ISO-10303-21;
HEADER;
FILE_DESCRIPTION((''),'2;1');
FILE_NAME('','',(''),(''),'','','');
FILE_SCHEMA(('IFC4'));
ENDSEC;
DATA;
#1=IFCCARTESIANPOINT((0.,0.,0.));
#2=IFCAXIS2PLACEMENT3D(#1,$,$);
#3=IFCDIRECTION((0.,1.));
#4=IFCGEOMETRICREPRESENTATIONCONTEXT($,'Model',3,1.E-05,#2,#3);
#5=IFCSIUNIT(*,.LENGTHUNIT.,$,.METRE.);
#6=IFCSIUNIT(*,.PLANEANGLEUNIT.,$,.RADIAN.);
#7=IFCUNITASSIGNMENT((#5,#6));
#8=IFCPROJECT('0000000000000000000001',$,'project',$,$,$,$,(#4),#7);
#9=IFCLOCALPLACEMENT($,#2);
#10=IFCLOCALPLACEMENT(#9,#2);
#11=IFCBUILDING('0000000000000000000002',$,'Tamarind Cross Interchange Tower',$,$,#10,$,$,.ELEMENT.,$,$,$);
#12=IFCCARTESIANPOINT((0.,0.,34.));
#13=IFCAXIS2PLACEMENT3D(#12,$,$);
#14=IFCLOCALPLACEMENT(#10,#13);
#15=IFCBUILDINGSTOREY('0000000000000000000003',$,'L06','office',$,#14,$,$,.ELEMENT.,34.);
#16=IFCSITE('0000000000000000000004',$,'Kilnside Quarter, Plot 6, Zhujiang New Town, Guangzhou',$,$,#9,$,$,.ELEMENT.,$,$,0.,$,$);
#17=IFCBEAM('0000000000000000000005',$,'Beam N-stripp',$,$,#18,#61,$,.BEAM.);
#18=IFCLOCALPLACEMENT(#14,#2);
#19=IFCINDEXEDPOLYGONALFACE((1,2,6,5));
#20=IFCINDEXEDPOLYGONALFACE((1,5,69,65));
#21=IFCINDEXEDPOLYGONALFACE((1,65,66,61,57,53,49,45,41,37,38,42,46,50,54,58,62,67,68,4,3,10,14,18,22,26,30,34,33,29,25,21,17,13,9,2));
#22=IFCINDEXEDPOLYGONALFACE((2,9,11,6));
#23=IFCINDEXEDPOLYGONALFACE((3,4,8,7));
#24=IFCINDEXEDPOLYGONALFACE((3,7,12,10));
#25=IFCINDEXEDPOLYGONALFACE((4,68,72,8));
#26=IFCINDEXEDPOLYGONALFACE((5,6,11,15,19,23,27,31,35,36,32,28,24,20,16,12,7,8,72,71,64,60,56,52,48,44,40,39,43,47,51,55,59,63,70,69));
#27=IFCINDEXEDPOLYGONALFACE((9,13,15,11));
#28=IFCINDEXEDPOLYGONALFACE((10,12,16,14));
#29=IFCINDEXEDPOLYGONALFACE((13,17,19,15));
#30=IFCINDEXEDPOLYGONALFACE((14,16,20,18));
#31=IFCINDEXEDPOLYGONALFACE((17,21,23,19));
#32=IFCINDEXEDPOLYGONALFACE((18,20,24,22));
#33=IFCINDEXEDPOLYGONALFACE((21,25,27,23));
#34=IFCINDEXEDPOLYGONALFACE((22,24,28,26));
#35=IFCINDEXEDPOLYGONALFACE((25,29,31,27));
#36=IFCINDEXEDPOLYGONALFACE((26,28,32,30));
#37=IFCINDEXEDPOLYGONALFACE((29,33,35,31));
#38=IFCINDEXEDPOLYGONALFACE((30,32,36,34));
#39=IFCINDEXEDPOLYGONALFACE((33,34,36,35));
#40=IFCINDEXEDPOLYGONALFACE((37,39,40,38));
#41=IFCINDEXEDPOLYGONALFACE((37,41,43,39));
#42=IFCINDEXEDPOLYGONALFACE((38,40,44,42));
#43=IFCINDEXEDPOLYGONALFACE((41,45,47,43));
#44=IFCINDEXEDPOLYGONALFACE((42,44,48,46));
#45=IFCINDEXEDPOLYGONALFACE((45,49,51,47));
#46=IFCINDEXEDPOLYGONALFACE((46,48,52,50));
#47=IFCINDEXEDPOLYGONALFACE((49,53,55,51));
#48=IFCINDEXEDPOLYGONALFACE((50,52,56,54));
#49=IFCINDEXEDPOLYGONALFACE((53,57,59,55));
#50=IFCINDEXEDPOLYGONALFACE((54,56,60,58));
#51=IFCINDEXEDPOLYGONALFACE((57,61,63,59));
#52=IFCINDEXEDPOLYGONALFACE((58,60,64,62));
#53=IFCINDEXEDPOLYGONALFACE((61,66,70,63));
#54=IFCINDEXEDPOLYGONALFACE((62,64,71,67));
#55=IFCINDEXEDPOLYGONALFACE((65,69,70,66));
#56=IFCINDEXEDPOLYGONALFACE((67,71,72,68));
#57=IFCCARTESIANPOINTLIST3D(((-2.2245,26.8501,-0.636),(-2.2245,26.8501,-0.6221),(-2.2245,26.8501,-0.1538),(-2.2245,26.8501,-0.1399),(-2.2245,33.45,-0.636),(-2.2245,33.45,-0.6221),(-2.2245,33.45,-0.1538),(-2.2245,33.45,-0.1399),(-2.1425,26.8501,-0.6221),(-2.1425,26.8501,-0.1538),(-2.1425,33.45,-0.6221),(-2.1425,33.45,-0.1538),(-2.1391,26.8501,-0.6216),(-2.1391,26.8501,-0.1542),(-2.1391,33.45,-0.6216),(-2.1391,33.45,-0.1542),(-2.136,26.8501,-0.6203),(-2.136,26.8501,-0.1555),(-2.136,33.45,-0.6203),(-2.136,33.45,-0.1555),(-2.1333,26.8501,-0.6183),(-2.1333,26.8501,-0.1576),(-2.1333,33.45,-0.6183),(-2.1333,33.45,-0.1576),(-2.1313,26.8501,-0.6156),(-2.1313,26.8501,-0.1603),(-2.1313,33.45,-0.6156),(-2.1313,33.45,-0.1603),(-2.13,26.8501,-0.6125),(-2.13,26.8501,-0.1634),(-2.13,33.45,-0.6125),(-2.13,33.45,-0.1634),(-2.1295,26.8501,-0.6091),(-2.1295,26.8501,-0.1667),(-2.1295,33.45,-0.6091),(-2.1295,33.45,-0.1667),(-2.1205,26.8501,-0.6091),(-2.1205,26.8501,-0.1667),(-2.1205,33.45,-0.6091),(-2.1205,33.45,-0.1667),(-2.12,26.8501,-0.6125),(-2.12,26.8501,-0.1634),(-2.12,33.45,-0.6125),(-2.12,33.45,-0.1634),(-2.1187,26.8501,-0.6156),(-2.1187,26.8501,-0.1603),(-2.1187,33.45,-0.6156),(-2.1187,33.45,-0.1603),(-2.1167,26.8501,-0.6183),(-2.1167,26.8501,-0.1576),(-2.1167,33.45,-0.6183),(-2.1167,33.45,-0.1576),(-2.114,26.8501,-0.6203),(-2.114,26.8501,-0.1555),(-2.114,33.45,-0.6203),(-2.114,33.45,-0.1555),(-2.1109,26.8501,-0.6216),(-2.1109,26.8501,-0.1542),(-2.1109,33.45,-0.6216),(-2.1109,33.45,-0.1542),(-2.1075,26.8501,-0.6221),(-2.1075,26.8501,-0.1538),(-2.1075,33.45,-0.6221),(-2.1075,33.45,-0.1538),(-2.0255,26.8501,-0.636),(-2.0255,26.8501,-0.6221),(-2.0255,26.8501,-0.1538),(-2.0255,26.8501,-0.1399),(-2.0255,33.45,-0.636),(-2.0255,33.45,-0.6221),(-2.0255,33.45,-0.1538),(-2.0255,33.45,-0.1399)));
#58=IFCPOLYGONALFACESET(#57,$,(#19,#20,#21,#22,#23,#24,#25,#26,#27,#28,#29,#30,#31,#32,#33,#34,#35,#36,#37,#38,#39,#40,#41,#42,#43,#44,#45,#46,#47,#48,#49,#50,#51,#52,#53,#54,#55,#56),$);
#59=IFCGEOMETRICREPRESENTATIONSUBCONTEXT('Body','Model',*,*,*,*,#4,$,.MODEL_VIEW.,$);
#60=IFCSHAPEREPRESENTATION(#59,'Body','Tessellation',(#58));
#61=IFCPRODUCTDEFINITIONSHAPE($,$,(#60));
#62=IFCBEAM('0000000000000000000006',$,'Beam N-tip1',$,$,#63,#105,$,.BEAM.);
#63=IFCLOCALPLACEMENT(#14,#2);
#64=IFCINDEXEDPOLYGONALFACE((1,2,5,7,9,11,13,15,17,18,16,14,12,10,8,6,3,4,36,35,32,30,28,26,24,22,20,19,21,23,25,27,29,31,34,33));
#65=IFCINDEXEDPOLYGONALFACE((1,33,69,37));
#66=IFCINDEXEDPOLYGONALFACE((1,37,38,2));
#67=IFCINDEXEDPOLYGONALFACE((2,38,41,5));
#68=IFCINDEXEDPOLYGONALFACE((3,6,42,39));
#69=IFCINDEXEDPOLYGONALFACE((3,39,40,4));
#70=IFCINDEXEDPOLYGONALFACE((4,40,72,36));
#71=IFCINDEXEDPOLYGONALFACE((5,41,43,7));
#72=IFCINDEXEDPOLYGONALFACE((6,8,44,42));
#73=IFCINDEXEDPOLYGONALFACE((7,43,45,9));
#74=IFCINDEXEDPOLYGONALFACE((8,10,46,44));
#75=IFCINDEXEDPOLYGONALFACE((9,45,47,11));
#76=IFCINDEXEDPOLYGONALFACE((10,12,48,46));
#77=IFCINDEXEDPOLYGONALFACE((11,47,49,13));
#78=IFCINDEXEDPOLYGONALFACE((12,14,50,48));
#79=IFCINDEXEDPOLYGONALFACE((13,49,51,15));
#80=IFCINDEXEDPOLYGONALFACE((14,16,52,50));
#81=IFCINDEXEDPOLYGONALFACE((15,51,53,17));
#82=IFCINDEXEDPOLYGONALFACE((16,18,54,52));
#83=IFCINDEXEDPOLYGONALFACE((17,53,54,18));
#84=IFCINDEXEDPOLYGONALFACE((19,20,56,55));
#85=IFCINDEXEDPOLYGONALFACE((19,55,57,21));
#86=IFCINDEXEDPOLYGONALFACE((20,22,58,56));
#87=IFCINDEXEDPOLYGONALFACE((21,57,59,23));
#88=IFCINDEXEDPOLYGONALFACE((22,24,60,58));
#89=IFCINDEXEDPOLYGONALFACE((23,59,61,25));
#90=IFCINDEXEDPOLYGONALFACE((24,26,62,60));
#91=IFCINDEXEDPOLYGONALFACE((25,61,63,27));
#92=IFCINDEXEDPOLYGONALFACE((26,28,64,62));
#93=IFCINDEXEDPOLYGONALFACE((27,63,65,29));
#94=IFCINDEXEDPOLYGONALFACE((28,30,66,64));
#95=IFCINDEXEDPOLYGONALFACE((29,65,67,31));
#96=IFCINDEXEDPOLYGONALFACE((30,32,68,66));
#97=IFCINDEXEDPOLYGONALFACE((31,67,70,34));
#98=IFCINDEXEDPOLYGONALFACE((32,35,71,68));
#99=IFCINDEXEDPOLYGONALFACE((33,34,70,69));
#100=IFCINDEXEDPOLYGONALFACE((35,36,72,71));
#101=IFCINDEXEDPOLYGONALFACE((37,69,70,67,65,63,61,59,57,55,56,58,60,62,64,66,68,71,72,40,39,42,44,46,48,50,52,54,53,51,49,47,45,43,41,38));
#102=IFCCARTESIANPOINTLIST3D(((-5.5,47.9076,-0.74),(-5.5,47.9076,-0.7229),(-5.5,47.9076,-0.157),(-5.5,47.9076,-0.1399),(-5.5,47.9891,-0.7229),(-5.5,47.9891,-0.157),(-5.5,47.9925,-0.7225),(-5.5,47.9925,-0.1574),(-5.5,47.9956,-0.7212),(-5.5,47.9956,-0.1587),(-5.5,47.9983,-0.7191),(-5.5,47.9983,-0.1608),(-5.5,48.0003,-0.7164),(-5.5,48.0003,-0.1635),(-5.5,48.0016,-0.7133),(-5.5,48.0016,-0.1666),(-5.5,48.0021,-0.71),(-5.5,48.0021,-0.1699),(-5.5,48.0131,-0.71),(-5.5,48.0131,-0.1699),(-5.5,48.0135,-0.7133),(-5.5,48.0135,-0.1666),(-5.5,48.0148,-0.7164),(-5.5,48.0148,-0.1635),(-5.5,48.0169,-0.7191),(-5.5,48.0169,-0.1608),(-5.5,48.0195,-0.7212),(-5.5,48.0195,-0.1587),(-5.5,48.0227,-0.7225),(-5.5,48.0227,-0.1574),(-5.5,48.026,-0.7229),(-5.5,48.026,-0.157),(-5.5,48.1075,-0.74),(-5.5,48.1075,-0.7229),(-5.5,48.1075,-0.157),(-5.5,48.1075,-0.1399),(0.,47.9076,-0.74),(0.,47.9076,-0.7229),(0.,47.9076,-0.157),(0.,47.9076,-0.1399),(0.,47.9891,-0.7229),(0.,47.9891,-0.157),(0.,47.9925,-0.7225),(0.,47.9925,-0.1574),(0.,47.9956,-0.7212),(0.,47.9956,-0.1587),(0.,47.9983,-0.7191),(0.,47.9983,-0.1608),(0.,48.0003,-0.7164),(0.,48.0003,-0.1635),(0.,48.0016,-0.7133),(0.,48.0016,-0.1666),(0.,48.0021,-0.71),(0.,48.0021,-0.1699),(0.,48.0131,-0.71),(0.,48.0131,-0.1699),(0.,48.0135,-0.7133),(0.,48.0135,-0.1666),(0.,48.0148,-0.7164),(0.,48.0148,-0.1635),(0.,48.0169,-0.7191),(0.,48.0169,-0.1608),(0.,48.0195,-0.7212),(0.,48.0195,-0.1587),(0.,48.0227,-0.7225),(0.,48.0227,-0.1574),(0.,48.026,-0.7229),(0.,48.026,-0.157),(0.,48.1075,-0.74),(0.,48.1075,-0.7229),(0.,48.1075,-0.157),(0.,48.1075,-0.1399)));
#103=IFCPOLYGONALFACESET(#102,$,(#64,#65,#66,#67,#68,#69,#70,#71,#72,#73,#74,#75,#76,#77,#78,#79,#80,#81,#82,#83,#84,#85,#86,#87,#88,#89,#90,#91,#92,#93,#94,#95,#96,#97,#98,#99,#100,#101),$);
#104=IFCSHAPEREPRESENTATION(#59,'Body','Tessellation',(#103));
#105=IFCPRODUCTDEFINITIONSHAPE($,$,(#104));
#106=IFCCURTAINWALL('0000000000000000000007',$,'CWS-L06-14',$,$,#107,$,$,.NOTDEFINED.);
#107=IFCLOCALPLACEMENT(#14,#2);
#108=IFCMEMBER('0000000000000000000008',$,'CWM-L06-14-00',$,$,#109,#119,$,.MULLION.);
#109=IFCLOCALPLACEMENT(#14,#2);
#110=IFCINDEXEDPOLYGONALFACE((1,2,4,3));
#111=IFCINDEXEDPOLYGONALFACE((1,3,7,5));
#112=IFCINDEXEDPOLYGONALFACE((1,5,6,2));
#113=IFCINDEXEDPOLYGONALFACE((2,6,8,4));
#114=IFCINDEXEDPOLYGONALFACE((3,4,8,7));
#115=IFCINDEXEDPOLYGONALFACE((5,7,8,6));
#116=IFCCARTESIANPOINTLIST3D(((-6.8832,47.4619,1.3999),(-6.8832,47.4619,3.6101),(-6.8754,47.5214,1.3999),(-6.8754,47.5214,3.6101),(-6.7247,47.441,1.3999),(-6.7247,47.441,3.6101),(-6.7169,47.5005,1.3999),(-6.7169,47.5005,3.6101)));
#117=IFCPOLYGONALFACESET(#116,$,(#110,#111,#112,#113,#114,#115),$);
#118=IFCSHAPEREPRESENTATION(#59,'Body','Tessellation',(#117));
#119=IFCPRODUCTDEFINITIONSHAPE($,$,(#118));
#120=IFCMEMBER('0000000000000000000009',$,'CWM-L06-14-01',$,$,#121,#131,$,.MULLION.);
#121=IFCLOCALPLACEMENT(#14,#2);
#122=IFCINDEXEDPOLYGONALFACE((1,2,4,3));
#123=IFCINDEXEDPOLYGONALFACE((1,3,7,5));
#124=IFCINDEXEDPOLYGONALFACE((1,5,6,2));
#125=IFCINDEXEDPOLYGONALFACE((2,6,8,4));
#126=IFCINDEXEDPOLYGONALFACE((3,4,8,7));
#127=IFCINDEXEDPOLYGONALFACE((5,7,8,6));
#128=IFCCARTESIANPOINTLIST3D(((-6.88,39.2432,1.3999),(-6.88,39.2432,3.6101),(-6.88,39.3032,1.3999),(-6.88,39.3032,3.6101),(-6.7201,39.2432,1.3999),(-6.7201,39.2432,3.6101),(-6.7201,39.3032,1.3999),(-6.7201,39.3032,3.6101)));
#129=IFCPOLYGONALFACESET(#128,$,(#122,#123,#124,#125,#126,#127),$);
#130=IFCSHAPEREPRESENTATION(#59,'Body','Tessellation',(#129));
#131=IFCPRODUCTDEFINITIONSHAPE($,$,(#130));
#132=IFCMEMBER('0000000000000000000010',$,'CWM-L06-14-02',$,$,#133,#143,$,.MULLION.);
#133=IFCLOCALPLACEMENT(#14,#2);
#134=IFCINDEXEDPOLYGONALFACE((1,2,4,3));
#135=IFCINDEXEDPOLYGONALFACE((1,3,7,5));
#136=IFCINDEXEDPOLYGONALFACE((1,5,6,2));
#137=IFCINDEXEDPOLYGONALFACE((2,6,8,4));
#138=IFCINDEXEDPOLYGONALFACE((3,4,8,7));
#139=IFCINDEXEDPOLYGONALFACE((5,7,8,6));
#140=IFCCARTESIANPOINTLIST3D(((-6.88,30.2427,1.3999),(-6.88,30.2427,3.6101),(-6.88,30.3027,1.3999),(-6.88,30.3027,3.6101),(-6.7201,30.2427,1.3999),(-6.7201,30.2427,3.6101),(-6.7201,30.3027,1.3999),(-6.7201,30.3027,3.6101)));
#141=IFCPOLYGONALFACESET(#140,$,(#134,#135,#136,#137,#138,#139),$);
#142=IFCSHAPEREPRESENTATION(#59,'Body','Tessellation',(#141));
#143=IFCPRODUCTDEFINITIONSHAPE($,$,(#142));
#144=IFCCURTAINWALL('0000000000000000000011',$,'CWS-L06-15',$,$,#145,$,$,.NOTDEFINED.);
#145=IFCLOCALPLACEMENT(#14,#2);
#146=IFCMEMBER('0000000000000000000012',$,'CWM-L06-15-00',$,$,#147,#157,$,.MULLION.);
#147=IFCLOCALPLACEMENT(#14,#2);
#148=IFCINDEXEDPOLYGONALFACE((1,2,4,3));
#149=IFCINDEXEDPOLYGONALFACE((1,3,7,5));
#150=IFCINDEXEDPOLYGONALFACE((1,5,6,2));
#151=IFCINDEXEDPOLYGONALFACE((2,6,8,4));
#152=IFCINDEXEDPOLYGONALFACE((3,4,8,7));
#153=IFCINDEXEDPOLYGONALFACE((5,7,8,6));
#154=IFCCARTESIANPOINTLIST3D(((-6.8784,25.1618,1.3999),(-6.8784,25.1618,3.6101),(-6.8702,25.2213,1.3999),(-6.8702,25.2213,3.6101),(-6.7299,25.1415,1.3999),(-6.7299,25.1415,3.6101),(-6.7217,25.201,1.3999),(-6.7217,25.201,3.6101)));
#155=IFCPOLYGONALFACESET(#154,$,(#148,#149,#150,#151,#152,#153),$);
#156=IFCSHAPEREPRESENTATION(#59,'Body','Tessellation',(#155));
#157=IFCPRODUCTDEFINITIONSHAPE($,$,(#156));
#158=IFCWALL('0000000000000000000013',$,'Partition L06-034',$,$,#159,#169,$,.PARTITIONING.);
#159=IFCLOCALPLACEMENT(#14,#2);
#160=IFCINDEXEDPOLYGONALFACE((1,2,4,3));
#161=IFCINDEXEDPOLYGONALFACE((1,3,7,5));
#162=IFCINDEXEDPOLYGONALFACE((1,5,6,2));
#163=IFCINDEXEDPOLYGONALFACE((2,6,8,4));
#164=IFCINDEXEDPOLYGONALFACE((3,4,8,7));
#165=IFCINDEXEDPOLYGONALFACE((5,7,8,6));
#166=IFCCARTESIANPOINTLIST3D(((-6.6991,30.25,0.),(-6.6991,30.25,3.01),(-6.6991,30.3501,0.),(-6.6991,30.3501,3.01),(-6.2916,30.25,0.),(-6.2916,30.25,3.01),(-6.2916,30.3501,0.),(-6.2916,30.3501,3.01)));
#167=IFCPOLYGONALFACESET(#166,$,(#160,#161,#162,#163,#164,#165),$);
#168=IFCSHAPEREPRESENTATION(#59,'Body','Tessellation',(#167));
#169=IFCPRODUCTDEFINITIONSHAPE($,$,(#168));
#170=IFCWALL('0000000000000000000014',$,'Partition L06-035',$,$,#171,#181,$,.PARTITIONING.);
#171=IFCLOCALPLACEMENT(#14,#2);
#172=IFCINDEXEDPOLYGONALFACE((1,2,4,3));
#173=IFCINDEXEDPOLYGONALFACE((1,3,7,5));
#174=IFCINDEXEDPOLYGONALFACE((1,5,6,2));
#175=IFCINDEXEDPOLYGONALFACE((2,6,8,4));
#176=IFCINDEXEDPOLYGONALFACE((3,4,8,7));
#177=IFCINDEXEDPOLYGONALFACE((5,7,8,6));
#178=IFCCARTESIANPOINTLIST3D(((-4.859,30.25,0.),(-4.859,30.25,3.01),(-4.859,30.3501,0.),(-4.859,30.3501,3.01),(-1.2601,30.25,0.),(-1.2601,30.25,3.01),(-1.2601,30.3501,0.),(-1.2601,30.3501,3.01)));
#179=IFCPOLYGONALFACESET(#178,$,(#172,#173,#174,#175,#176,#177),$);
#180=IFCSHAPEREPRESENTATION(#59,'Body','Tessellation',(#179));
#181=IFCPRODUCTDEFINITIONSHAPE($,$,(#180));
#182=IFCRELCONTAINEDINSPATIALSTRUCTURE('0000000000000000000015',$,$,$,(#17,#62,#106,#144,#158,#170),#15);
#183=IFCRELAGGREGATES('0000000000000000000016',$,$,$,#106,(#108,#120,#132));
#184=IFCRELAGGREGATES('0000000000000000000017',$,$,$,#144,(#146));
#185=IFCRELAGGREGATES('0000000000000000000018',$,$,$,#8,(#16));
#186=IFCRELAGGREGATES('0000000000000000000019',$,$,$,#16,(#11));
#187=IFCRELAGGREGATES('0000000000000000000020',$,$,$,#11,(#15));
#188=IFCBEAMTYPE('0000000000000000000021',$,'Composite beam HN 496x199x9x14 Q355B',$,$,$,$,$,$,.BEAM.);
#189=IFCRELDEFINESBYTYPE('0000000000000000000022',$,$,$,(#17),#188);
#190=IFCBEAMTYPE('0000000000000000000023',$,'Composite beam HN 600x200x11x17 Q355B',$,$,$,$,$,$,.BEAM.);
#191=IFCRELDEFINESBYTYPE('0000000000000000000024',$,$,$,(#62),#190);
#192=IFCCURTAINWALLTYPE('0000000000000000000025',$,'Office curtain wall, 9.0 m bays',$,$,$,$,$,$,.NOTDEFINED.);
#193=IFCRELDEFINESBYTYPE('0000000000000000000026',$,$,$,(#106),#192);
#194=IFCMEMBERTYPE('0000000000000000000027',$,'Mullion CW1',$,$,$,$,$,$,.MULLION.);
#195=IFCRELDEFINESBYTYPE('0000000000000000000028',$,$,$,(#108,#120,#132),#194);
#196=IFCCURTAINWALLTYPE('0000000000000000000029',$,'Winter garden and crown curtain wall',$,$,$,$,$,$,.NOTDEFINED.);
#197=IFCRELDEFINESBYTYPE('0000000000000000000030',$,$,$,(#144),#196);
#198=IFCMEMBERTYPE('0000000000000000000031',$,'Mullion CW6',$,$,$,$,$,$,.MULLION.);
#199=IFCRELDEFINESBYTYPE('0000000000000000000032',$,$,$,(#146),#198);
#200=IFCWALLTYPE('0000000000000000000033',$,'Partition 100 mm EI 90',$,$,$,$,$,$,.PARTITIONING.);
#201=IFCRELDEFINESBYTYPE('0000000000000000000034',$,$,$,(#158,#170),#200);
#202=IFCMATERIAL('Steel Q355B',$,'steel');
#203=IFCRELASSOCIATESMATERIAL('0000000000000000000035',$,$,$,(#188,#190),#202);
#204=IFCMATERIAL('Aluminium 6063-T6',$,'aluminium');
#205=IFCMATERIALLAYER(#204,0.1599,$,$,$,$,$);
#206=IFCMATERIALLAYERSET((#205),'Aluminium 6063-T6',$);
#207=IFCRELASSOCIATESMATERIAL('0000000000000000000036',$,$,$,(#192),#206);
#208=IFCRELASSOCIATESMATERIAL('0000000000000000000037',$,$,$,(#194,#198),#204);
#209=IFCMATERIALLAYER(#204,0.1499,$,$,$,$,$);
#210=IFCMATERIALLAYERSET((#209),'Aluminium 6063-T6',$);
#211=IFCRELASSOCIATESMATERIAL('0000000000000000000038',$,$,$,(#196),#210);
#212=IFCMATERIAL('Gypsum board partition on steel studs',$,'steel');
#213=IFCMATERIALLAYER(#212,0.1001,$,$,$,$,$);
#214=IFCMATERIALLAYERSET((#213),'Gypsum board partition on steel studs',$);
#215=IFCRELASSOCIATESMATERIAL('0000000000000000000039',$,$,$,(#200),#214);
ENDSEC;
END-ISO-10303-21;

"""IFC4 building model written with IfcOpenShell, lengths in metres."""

from ifc_helpers import new_model, si_unit, direction, frame, frame_2d, origin, origin_2d, place, context, subcontext, project, spatial, rectangle, i_section, extrude, material, layer, layer_set, material_profile, profile_set, type_object, element, aggregate, save


model = new_model("IFC4")

# Units and contexts
model_context = context("Model", 3, precision=1e-05, world=origin(), true_north=direction((0.0, 1.0)))
body_context = subcontext(model_context, "Body", "Model", "MODEL_VIEW")
ifc_project = project(units=[si_unit("LENGTHUNIT", "METRE"), si_unit("PLANEANGLEUNIT", "RADIAN")], contexts=[model_context])

# Site, building, storey
site_placement = place(None, origin())
site = spatial("IfcSite", under=ifc_project, at=site_placement, Name="Kilnside Quarter, Plot 6, Zhujiang New Town, Guangzhou", CompositionType="ELEMENT", RefElevation=0.0)
building_placement = place(site_placement, origin())
building = spatial("IfcBuilding", under=site, at=building_placement, Name="Tamarind Cross Interchange Tower", CompositionType="ELEMENT")
storey_placement = place(building_placement, frame((0.0, 0.0, 34.0)))
storey = spatial("IfcBuildingStorey", under=building, at=storey_placement, Name="L06", Description="office", CompositionType="ELEMENT", Elevation=34.0)

# Beams
ifc_material_1 = material(Name="Steel Q355B", Category="steel")
ifc_material_profile_1 = material_profile(ifc_material_1, i_section(OverallWidth=0.199, OverallDepth=0.4961, WebThickness=0.009, FlangeThickness=0.0139, FilletRadius=0.0129, at=origin_2d()), Name="HN 496x199x9x14")
ifc_profile_set_1 = profile_set([ifc_material_profile_1], Name="Steel Q355B")
beam_type_1 = type_object("IfcBeamType", Name="Composite beam HN 496x199x9x14 Q355B", PredefinedType="BEAM", material=ifc_profile_set_1)
beam_1_placement = place(storey_placement, frame((-2.125, 26.8501, -0.3879), z_axis=(0.0, 1.0, 0.0), x_axis=(-1.0, 0.0, 0.0)))
element("IfcBeam", 1, at=beam_1_placement, inside=storey, type_object=beam_type_1, Name="Beam N-stripp", PredefinedType="BEAM", context=body_context, shape_type="SweptSolid", body=[
    extrude(i_section(OverallWidth=0.199, OverallDepth=0.4961, WebThickness=0.009, FlangeThickness=0.0139, FilletRadius=0.0129, at=origin_2d()), origin(), (0.0, 0.0, 1.0), 6.5999),
])
ifc_material_profile_2 = material_profile(ifc_material_1, i_section(OverallWidth=0.2, OverallDepth=0.6001, WebThickness=0.011, FlangeThickness=0.0171, FilletRadius=0.0129, at=origin_2d()), Name="HN 600x200x11x17")
ifc_profile_set_2 = profile_set([ifc_material_profile_2], Name="Steel Q355B")
beam_type_2 = type_object("IfcBeamType", Name="Composite beam HN 600x200x11x17 Q355B", PredefinedType="BEAM", material=ifc_profile_set_2)
beam_2_placement = place(storey_placement, frame((0.0, 48.0076, -0.4399), z_axis=(-1.0, 0.0, 0.0), x_axis=(0.0, -1.0, 0.0)))
element("IfcBeam", 2, at=beam_2_placement, inside=storey, type_object=beam_type_2, Name="Beam N-tip1", PredefinedType="BEAM", context=body_context, shape_type="SweptSolid", body=[
    extrude(i_section(OverallWidth=0.2, OverallDepth=0.6001, WebThickness=0.011, FlangeThickness=0.0171, FilletRadius=0.0129, at=origin_2d()), origin(), (0.0, 0.0, 1.0), 5.5),
])

# Curtain wall, members
ifc_material_2 = material(Name="Aluminium 6063-T6", Category="aluminium")
ifc_layer_1 = layer(ifc_material_2, 0.1599)
ifc_layer_set_1 = layer_set([ifc_layer_1], Name="Aluminium 6063-T6")
curtain_wall_type_1 = type_object("IfcCurtainWallType", Name="Office curtain wall, 9.0 m bays", PredefinedType="NOTDEFINED", material=ifc_layer_set_1)
curtain_wall_1_placement = place(storey_placement, origin())
curtain_wall_1 = element("IfcCurtainWall", 3, at=curtain_wall_1_placement, inside=storey, type_object=curtain_wall_type_1, Name="CWS-L06-14", PredefinedType="NOTDEFINED")
ifc_material_profile_3 = material_profile(ifc_material_2, rectangle(XDim=0.0601, YDim=0.1599, at=origin_2d()), Name="Mullion CW1")
ifc_profile_set_3 = profile_set([ifc_material_profile_3], Name="Aluminium 6063-T6")
member_type_1 = type_object("IfcMemberType", Name="Mullion CW1", PredefinedType="MULLION", material=ifc_profile_set_3)
member_1_placement = place(storey_placement, frame((-6.8, 47.4812, 1.3999), z_axis=(0.0, 0.0, 1.0), x_axis=(-0.130526, -0.991445, 0.0)))
member_1 = element("IfcMember", 4, at=member_1_placement, type_object=member_type_1, Name="CWM-L06-14-00", PredefinedType="MULLION", context=body_context, shape_type="SweptSolid", body=[
    extrude(rectangle(XDim=0.0601, YDim=0.1599, at=origin_2d()), origin(), (0.0, 0.0, 1.0), 2.2102),
])
member_2_placement = place(storey_placement, frame((-6.8, 39.2732, 1.3999), z_axis=(0.0, 0.0, 1.0), x_axis=(0.0, -1.0, 0.0)))
member_2 = element("IfcMember", 5, at=member_2_placement, type_object=member_type_1, Name="CWM-L06-14-01", PredefinedType="MULLION", context=body_context, shape_type="SweptSolid", body=[
    extrude(rectangle(XDim=0.0601, YDim=0.1599, at=origin_2d()), origin(), (0.0, 0.0, 1.0), 2.2102),
])
member_3_placement = place(storey_placement, frame((-6.8, 30.2727, 1.3999), z_axis=(0.0, 0.0, 1.0), x_axis=(0.0, -1.0, 0.0)))
member_3 = element("IfcMember", 6, at=member_3_placement, type_object=member_type_1, Name="CWM-L06-14-02", PredefinedType="MULLION", context=body_context, shape_type="SweptSolid", body=[
    extrude(rectangle(XDim=0.0601, YDim=0.1599, at=origin_2d()), origin(), (0.0, 0.0, 1.0), 2.2102),
])
aggregate(curtain_wall_1, [member_1, member_2, member_3])

# Curtain wall, member
ifc_layer_2 = layer(ifc_material_2, 0.1499)
ifc_layer_set_2 = layer_set([ifc_layer_2], Name="Aluminium 6063-T6")
curtain_wall_type_2 = type_object("IfcCurtainWallType", Name="Winter garden and crown curtain wall", PredefinedType="NOTDEFINED", material=ifc_layer_set_2)
curtain_wall_2_placement = place(storey_placement, origin())
curtain_wall_2 = element("IfcCurtainWall", 7, at=curtain_wall_2_placement, inside=storey, type_object=curtain_wall_type_2, Name="CWS-L06-15", PredefinedType="NOTDEFINED")
ifc_material_profile_4 = material_profile(ifc_material_2, rectangle(XDim=0.0601, YDim=0.1499, at=origin_2d()), Name="Mullion CW6")
ifc_profile_set_4 = profile_set([ifc_material_profile_4], Name="Aluminium 6063-T6")
member_type_2 = type_object("IfcMemberType", Name="Mullion CW6", PredefinedType="MULLION", material=ifc_profile_set_4)
member_4_placement = place(storey_placement, frame((-6.8, 25.1814, 1.3999), z_axis=(0.0, 0.0, 1.0), x_axis=(-0.135689, -0.990751, 0.0)))
member_4 = element("IfcMember", 8, at=member_4_placement, type_object=member_type_2, Name="CWM-L06-15-00", PredefinedType="MULLION", context=body_context, shape_type="SweptSolid", body=[
    extrude(rectangle(XDim=0.0601, YDim=0.1499, at=origin_2d()), origin(), (0.0, 0.0, 1.0), 2.2102),
])
aggregate(curtain_wall_2, [member_4])

# Walls
ifc_material_3 = material(Name="Gypsum board partition on steel studs", Category="steel")
ifc_layer_3 = layer(ifc_material_3, 0.1001)
ifc_layer_set_3 = layer_set([ifc_layer_3], Name="Gypsum board partition on steel studs")
wall_type_1 = type_object("IfcWallType", Name="Partition 100 mm EI 90", PredefinedType="PARTITIONING", material=ifc_layer_set_3)
wall_1_placement = place(storey_placement, frame((-6.699, 30.3, 0.0), z_axis=(0.0, 0.0, 1.0), x_axis=(1.0, 0.0, 0.0)))
element("IfcWall", 9, at=wall_1_placement, inside=storey, type_object=wall_type_1, Name="Partition L06-034", PredefinedType="PARTITIONING", context=body_context, shape_type="SweptSolid", body=[
    extrude(rectangle(XDim=0.4075, YDim=0.1001, at=frame_2d((0.2036, 0.0))), origin(), (0.0, 0.0, 1.0), 3.01),
])
wall_2_placement = place(storey_placement, frame((-4.8589, 30.3, 0.0), z_axis=(0.0, 0.0, 1.0), x_axis=(1.0, 0.0, 0.0)))
element("IfcWall", 10, at=wall_2_placement, inside=storey, type_object=wall_type_1, Name="Partition L06-035", PredefinedType="PARTITIONING", context=body_context, shape_type="SweptSolid", body=[
    extrude(rectangle(XDim=3.5989, YDim=0.1001, at=frame_2d((1.7993, 0.0))), origin(), (0.0, 0.0, 1.0), 3.01),
])

save(model, "model.ifc")
